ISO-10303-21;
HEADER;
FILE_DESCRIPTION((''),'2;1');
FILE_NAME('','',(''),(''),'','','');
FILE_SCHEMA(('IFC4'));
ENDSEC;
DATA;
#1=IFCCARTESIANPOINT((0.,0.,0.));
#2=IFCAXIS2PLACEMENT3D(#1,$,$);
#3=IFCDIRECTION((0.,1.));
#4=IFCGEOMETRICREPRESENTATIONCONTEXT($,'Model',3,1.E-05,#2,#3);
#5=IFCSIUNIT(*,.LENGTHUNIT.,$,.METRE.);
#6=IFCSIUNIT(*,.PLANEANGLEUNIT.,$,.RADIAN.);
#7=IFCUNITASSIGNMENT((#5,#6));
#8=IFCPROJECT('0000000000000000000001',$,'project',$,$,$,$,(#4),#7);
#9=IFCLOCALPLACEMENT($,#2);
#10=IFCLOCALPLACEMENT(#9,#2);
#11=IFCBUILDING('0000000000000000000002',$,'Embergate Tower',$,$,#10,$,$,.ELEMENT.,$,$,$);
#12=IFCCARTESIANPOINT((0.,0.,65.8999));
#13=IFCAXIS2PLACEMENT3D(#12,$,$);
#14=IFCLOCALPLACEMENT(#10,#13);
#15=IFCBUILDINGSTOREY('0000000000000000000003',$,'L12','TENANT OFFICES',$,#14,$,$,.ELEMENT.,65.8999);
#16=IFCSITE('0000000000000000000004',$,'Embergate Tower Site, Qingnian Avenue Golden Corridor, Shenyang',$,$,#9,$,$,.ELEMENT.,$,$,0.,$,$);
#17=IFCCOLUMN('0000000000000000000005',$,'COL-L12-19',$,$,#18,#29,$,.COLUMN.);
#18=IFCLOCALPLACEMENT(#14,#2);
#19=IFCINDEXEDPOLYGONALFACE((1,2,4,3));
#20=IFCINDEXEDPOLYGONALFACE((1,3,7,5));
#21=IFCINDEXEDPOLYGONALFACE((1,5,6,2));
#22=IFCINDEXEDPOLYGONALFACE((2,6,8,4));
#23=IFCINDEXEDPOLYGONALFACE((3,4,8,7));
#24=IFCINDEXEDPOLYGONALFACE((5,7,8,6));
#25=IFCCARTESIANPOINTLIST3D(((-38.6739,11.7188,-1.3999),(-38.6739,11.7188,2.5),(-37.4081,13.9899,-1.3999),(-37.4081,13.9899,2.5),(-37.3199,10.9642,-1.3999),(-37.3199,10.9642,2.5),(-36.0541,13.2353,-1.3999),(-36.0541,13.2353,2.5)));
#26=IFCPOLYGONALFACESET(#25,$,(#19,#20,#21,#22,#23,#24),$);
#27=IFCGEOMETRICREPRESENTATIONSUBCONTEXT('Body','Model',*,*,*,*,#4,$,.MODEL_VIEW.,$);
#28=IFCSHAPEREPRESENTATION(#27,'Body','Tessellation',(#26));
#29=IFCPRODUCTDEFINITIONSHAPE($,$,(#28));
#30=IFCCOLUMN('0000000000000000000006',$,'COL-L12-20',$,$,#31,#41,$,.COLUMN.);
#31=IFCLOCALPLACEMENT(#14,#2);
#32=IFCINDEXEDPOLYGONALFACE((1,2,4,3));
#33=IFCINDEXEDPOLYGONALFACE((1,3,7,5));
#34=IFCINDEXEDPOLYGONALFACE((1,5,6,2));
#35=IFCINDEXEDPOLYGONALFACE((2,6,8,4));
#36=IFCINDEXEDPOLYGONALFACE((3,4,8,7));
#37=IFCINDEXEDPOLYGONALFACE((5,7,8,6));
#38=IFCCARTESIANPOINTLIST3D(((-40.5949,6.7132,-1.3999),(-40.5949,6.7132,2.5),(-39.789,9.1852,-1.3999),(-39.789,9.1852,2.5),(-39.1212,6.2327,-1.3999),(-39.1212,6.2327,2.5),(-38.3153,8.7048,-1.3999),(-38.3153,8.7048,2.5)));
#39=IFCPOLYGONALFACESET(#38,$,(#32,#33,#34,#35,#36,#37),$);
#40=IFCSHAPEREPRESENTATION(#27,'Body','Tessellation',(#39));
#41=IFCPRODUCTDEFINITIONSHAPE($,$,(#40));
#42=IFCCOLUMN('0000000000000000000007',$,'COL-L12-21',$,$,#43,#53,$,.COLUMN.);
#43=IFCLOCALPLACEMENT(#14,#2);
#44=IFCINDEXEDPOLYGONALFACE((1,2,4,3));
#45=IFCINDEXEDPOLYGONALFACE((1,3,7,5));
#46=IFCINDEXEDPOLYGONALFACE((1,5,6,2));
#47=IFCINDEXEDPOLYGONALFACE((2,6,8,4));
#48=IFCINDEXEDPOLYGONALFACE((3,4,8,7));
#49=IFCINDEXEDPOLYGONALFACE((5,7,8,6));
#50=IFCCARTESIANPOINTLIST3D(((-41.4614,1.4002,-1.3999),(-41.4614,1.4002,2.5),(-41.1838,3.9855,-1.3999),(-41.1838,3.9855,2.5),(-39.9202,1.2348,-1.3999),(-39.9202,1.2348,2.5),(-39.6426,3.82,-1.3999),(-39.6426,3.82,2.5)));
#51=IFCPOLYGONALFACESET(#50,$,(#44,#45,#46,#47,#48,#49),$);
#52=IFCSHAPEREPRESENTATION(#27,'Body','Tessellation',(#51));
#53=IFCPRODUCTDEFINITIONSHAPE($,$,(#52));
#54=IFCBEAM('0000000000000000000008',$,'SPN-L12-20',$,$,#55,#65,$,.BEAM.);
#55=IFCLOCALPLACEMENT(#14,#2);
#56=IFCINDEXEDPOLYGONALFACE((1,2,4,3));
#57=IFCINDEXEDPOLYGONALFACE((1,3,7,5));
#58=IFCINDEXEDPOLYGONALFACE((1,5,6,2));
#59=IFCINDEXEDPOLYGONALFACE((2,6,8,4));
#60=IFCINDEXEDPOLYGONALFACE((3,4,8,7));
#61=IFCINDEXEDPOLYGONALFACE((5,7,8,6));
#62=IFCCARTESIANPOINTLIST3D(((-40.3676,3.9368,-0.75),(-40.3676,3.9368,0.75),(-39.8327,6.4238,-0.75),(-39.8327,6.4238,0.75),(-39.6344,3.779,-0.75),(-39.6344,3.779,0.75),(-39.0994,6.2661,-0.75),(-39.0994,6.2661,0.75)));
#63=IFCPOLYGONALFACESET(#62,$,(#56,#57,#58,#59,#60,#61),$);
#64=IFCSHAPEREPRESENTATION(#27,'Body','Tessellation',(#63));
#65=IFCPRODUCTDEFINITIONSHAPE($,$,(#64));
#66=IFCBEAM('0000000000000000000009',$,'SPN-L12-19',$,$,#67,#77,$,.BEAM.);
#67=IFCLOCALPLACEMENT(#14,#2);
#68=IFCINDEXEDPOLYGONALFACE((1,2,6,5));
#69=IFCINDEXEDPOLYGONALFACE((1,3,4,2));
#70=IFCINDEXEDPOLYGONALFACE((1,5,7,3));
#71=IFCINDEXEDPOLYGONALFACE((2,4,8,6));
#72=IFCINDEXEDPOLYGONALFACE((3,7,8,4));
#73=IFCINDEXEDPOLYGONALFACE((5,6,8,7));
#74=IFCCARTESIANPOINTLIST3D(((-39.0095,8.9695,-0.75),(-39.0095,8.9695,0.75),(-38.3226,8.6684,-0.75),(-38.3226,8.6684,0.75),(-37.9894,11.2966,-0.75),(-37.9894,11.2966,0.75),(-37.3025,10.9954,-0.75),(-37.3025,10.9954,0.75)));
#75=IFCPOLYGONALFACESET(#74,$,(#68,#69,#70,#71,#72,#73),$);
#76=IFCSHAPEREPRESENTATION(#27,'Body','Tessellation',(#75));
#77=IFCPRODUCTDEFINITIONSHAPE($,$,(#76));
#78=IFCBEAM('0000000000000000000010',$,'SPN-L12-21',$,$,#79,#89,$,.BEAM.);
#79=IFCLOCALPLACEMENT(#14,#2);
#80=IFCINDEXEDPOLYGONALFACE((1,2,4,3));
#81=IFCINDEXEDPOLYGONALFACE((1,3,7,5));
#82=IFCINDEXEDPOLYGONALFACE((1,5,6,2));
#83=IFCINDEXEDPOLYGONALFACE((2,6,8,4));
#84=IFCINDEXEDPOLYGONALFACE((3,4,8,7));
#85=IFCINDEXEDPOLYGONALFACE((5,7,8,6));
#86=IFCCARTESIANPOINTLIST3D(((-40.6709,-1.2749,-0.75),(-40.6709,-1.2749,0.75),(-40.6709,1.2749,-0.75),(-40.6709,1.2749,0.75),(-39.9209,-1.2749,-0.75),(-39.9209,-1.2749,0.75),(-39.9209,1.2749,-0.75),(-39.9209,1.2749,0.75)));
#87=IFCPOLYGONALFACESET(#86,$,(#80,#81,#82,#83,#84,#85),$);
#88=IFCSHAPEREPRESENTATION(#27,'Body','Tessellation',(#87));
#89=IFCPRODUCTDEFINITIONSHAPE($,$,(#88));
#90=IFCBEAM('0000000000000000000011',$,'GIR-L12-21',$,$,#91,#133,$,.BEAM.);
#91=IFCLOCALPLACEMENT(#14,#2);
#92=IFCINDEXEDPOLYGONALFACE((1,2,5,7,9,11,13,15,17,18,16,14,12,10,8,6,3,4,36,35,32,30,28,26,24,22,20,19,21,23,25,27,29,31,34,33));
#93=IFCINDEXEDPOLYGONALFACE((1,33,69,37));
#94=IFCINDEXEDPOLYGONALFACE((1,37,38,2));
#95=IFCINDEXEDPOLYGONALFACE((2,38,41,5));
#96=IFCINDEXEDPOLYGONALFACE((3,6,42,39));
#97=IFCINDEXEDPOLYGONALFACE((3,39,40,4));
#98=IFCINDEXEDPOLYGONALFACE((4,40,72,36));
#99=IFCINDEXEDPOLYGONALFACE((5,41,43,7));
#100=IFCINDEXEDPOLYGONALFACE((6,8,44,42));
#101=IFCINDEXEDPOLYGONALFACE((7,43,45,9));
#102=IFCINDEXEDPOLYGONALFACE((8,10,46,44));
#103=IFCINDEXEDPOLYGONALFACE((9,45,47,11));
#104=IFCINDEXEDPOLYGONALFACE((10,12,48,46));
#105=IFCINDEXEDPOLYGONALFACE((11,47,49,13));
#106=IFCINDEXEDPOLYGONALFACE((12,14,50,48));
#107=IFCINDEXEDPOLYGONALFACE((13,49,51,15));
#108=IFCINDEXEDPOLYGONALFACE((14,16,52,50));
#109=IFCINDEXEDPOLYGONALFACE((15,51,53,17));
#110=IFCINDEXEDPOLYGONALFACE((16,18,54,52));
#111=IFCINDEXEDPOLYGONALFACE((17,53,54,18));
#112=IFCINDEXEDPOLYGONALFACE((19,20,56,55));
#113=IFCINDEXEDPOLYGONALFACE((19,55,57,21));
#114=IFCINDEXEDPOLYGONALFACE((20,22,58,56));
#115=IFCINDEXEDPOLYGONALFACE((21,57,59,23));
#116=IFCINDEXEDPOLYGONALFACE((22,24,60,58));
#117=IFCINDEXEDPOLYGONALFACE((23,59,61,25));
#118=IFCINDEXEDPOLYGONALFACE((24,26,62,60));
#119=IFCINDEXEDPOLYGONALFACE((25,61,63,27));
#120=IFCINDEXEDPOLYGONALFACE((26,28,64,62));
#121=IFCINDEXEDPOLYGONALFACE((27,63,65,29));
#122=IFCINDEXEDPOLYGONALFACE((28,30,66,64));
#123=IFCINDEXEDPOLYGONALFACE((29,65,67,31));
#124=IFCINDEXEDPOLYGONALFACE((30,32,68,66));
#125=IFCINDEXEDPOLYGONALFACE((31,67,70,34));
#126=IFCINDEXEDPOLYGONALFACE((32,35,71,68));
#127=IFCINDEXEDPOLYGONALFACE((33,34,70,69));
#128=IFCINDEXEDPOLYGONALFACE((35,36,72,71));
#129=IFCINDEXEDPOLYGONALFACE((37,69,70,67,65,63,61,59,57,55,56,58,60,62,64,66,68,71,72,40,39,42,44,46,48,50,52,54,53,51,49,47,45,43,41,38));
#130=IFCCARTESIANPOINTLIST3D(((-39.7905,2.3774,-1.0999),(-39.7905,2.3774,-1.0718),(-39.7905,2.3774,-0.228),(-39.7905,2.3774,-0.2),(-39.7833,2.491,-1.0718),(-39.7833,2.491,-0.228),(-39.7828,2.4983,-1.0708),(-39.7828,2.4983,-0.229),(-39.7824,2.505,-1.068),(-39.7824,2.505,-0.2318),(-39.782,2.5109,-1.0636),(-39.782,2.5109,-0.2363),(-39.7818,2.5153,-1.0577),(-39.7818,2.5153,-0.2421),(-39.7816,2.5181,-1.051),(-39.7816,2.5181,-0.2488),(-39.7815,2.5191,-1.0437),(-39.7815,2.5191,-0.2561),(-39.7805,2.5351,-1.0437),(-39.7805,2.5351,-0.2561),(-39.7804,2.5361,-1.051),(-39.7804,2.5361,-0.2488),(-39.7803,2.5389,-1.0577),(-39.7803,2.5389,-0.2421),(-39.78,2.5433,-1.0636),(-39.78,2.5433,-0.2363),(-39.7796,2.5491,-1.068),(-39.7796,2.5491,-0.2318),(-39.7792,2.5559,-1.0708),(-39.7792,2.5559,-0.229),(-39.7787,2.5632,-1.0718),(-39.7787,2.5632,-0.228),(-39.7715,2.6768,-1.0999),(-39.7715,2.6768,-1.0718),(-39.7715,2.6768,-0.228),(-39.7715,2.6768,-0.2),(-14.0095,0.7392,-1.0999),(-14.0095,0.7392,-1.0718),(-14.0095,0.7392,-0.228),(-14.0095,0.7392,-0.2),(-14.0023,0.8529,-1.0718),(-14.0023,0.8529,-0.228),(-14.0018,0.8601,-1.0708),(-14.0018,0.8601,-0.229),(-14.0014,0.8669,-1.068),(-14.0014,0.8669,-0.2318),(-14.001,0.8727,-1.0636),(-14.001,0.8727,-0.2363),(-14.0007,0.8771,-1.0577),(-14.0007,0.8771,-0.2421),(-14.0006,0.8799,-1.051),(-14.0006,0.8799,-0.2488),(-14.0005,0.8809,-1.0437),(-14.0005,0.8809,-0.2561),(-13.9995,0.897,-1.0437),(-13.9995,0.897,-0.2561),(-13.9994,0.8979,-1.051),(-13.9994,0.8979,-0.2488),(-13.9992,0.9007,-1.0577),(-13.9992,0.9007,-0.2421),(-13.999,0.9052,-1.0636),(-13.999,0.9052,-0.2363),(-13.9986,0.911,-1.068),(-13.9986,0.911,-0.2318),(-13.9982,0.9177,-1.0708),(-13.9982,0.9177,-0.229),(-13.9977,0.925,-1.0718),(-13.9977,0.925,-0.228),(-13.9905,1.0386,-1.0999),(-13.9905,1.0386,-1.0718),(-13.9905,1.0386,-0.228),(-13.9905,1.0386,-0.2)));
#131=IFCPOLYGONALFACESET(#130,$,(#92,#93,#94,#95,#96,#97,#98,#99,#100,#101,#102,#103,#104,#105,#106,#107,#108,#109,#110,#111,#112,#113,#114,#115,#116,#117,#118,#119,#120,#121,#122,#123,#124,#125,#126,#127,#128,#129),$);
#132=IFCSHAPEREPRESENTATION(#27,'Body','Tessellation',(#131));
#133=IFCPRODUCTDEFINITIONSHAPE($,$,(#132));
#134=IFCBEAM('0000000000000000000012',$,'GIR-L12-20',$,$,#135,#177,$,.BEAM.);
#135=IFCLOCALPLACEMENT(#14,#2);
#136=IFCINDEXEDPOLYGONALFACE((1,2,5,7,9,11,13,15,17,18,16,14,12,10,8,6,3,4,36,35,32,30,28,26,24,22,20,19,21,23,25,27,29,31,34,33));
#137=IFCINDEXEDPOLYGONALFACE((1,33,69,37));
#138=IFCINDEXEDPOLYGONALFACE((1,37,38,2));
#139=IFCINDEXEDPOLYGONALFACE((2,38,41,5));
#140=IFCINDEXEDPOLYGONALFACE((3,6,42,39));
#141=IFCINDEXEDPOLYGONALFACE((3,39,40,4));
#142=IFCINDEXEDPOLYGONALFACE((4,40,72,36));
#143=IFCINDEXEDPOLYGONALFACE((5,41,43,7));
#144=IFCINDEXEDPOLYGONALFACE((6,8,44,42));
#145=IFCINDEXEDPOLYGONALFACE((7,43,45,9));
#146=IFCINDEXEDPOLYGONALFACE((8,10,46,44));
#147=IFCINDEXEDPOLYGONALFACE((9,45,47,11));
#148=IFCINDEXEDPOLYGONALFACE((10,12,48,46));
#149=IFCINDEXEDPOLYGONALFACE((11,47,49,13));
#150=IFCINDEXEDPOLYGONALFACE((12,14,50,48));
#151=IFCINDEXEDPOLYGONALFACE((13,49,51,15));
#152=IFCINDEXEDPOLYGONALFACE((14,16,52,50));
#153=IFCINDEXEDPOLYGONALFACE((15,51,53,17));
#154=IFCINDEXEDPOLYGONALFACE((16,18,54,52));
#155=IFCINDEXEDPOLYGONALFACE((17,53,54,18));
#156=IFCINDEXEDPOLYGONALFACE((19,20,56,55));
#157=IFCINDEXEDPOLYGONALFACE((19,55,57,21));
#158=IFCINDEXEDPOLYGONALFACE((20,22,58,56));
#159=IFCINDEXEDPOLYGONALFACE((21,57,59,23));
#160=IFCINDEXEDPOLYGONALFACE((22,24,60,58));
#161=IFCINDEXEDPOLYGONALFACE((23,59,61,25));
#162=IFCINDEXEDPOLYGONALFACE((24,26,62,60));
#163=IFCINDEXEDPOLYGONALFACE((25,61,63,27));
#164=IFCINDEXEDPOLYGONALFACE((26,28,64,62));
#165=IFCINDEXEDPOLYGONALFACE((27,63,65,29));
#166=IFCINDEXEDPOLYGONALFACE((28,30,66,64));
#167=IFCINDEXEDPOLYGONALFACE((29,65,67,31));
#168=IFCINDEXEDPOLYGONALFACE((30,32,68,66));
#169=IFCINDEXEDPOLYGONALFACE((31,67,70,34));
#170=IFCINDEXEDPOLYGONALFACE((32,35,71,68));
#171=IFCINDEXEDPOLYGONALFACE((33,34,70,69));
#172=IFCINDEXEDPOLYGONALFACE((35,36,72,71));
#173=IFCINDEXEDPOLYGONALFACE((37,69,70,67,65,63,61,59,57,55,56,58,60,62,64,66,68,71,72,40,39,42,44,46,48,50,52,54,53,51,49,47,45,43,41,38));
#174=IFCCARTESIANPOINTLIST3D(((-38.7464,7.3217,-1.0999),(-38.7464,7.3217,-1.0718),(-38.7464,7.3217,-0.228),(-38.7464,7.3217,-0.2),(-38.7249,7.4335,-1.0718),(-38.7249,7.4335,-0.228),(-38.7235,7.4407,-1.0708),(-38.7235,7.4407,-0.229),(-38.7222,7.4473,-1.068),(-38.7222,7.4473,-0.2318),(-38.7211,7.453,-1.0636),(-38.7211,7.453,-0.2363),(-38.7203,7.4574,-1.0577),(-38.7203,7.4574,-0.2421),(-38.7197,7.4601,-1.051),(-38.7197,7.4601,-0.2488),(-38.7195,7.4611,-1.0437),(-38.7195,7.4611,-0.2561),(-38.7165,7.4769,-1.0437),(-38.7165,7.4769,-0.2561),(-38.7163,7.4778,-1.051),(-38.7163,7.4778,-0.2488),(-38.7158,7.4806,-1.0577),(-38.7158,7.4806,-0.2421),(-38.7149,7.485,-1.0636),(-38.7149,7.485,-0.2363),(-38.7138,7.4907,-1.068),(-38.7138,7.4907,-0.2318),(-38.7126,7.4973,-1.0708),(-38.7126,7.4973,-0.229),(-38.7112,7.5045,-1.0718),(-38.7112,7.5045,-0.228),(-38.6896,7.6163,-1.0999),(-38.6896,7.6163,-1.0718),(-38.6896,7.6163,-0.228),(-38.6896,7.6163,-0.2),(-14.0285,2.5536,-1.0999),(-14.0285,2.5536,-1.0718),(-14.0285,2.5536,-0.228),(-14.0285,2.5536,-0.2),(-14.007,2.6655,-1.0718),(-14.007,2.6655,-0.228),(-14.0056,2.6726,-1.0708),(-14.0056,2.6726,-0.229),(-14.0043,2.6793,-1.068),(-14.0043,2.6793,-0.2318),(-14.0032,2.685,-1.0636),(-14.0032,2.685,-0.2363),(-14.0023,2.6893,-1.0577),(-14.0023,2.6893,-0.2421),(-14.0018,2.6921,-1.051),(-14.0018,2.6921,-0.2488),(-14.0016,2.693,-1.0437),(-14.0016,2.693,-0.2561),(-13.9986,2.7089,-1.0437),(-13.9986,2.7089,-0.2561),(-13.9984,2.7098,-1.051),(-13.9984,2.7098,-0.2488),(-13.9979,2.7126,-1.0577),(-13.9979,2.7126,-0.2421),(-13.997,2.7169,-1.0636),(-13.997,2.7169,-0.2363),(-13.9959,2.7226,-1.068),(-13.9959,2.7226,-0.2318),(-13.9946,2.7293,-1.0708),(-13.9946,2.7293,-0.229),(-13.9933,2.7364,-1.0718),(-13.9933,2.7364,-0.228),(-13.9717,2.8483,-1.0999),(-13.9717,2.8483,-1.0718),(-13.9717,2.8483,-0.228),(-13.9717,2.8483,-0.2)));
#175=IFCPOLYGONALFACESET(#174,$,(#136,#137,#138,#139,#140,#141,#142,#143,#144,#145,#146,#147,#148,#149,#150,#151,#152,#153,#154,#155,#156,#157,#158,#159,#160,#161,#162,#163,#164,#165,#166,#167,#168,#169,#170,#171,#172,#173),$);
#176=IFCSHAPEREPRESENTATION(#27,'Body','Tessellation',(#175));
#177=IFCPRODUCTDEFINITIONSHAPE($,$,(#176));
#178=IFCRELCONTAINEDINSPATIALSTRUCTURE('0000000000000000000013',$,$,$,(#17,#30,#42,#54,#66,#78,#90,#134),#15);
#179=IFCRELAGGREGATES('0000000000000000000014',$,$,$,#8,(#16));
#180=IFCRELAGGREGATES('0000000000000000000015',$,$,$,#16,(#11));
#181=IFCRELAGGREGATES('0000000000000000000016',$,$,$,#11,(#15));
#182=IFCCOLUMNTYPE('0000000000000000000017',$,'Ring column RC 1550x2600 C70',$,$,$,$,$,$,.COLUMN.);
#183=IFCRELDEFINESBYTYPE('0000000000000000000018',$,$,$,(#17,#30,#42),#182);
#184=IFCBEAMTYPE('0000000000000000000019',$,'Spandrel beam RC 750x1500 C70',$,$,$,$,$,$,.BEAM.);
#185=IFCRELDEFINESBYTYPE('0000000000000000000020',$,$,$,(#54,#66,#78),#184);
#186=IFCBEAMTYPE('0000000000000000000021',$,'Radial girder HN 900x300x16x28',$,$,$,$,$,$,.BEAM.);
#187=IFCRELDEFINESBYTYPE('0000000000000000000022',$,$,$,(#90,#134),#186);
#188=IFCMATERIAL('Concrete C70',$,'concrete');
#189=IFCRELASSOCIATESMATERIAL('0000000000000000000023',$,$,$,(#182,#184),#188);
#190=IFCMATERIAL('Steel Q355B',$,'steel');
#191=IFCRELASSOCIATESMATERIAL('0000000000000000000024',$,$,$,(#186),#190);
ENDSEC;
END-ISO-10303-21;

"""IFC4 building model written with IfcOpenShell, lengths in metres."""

from ifc_helpers import new_model, si_unit, direction, frame, origin, origin_2d, place, context, subcontext, project, spatial, rectangle, i_section, extrude, source, transform, mapped, material, material_profile, profile_set, type_object, element, save


model = new_model("IFC4")

# Units and contexts
model_context = context("Model", 3, precision=1e-05, world=origin(), true_north=direction((0.0, 1.0)))
body_context = subcontext(model_context, "Body", "Model", "MODEL_VIEW")
ifc_project = project(units=[si_unit("LENGTHUNIT", "METRE"), si_unit("PLANEANGLEUNIT", "RADIAN")], contexts=[model_context])

# Site, building, storey
site_placement = place(None, origin())
site = spatial("IfcSite", under=ifc_project, at=site_placement, Name="Embergate Tower Site, Qingnian Avenue Golden Corridor, Shenyang", CompositionType="ELEMENT", RefElevation=0.0)
building_placement = place(site_placement, origin())
building = spatial("IfcBuilding", under=site, at=building_placement, Name="Embergate Tower", CompositionType="ELEMENT")
storey_placement = place(building_placement, frame((0.0, 0.0, 65.8999)))
storey = spatial("IfcBuildingStorey", under=building, at=storey_placement, Name="L12", Description="TENANT OFFICES", CompositionType="ELEMENT", Elevation=65.8999)

# Columns
ifc_material_1 = material(Name="Concrete C70", Category="concrete")
ifc_material_profile_1 = material_profile(ifc_material_1, rectangle(XDim=1.55, YDim=2.6001, at=origin_2d()), Name="RC 1550x2600")
ifc_profile_set_1 = profile_set([ifc_material_profile_1], Name="Concrete C70")
column_type = type_object("IfcColumnType", Name="Ring column RC 1550x2600 C70", PredefinedType="COLUMN", material=ifc_profile_set_1)
shared_shape_1 = source(origin(), body_context, "Body", "SweptSolid", [
    extrude(rectangle(XDim=1.55, YDim=2.6001, at=origin_2d()), origin(), (0.0, 0.0, 1.0), 3.8999),
])
for number, where, z_axis, x_axis, name in (
    (1, (-37.364, 12.4771, -1.3999), (0.0, 0.0, 1.0), (-0.8735, 0.486823, 0.0), "COL-L12-19"),
    (2, (-39.4551, 7.709, -1.3999), (0.0, 0.0, 1.0), (-0.950754, 0.309946, 0.0), "COL-L12-20"),
    (3, (-40.552, 2.6101, -1.3999), (0.0, 0.0, 1.0), (-0.994286, 0.10675, 0.0), "COL-L12-21"),
):
    element("IfcColumn", number, at=place(storey_placement, frame(where, z_axis=z_axis, x_axis=x_axis)), inside=storey, type_object=column_type, Name=name, PredefinedType="COLUMN", context=body_context, shape_type="MappedRepresentation", body=[
        mapped(shared_shape_1, transform((0.0, 0.0, 0.0))),
    ])

# Beams
ifc_material_profile_2 = material_profile(ifc_material_1, rectangle(XDim=0.75, YDim=1.5, at=origin_2d()), Name="RC 750x1500")
ifc_profile_set_2 = profile_set([ifc_material_profile_2], Name="Concrete C70")
beam_type_1 = type_object("IfcBeamType", Name="Spandrel beam RC 750x1500 C70", PredefinedType="BEAM", material=ifc_profile_set_2)
shared_shape_2 = source(origin(), body_context, "Body", "SweptSolid", [
    extrude(rectangle(XDim=0.75, YDim=1.5, at=origin_2d()), origin(), (0.0, 0.0, 1.0), 2.5439),
])
beam_1_placement = place(storey_placement, frame((-39.4661, 6.345, 0.0), z_axis=(-0.21027, -0.977643, 0.0), x_axis=(0.977643, -0.21027, 0.0)))
element("IfcBeam", 4, at=beam_1_placement, inside=storey, type_object=beam_type_1, Name="SPN-L12-20", PredefinedType="BEAM", context=body_context, shape_type="MappedRepresentation", body=[
    mapped(shared_shape_2, transform((0.0, 0.0, 0.0))),
])
shared_shape_3 = source(origin(), body_context, "Body", "SweptSolid", [
    extrude(rectangle(XDim=0.75, YDim=1.5, at=origin_2d()), origin(), (0.0, 0.0, 1.0), 2.5408),
])
beam_2_placement = place(storey_placement, frame((-37.646, 11.146, 0.0), z_axis=(-0.401479, -0.915868, 0.0), x_axis=(0.915868, -0.401479, 0.0)))
element("IfcBeam", 5, at=beam_2_placement, inside=storey, type_object=beam_type_1, Name="SPN-L12-19", PredefinedType="BEAM", context=body_context, shape_type="MappedRepresentation", body=[
    mapped(shared_shape_3, transform((0.0, 0.0, 0.0))),
])
shared_shape_4 = source(origin(), body_context, "Body", "SweptSolid", [
    extrude(rectangle(XDim=0.75, YDim=1.5, at=origin_2d()), origin(), (0.0, 0.0, 1.0), 2.5498),
])
beam_3_placement = place(storey_placement, frame((-40.2959, 1.2749, 0.0), z_axis=(0.0, -1.0, 0.0), x_axis=(1.0, 0.0, 0.0)))
element("IfcBeam", 6, at=beam_3_placement, inside=storey, type_object=beam_type_1, Name="SPN-L12-21", PredefinedType="BEAM", context=body_context, shape_type="MappedRepresentation", body=[
    mapped(shared_shape_4, transform((0.0, 0.0, 0.0))),
])
ifc_material_2 = material(Name="Steel Q355B", Category="steel")
ifc_material_profile_3 = material_profile(ifc_material_2, i_section(OverallWidth=0.3, OverallDepth=0.8999, WebThickness=0.0161, FlangeThickness=0.0281, FilletRadius=0.0281, at=origin_2d()), Name="HN 900x300x16x28")
ifc_profile_set_3 = profile_set([ifc_material_profile_3], Name="Steel Q355 grade B")
beam_type_2 = type_object("IfcBeamType", Name="Radial girder HN 900x300x16x28", PredefinedType="BEAM", material=ifc_profile_set_3)
shared_shape_5 = source(origin(), body_context, "Body", "SweptSolid", [
    extrude(i_section(OverallWidth=0.3, OverallDepth=0.8999, WebThickness=0.0161, FlangeThickness=0.0281, FilletRadius=0.0281, at=origin_2d()), origin(), (0.0, 0.0, 1.0), 25.833),
])
beam_4_placement = place(storey_placement, frame((-39.781, 2.5271, -0.6499), z_axis=(0.997987, -0.063414, 0.0), x_axis=(0.063414, 0.997987, 0.0)))
element("IfcBeam", 7, at=beam_4_placement, inside=storey, type_object=beam_type_2, Name="GIR-L12-21", PredefinedType="BEAM", context=body_context, shape_type="MappedRepresentation", body=[
    mapped(shared_shape_5, transform((0.0, 0.0, 0.0))),
])
shared_shape_6 = source(origin(), body_context, "Body", "SweptSolid", [
    extrude(i_section(OverallWidth=0.3, OverallDepth=0.8999, WebThickness=0.0161, FlangeThickness=0.0281, FilletRadius=0.0281, at=origin_2d()), origin(), (0.0, 0.0, 1.0), 25.1736),
])
beam_5_placement = place(storey_placement, frame((-38.718, 7.469, -0.6499), z_axis=(0.981899, -0.189407, 0.0), x_axis=(0.189407, 0.981899, 0.0)))
element("IfcBeam", 8, at=beam_5_placement, inside=storey, type_object=beam_type_2, Name="GIR-L12-20", PredefinedType="BEAM", context=body_context, shape_type="MappedRepresentation", body=[
    mapped(shared_shape_6, transform((0.0, 0.0, 0.0))),
])

save(model, "model.ifc")
